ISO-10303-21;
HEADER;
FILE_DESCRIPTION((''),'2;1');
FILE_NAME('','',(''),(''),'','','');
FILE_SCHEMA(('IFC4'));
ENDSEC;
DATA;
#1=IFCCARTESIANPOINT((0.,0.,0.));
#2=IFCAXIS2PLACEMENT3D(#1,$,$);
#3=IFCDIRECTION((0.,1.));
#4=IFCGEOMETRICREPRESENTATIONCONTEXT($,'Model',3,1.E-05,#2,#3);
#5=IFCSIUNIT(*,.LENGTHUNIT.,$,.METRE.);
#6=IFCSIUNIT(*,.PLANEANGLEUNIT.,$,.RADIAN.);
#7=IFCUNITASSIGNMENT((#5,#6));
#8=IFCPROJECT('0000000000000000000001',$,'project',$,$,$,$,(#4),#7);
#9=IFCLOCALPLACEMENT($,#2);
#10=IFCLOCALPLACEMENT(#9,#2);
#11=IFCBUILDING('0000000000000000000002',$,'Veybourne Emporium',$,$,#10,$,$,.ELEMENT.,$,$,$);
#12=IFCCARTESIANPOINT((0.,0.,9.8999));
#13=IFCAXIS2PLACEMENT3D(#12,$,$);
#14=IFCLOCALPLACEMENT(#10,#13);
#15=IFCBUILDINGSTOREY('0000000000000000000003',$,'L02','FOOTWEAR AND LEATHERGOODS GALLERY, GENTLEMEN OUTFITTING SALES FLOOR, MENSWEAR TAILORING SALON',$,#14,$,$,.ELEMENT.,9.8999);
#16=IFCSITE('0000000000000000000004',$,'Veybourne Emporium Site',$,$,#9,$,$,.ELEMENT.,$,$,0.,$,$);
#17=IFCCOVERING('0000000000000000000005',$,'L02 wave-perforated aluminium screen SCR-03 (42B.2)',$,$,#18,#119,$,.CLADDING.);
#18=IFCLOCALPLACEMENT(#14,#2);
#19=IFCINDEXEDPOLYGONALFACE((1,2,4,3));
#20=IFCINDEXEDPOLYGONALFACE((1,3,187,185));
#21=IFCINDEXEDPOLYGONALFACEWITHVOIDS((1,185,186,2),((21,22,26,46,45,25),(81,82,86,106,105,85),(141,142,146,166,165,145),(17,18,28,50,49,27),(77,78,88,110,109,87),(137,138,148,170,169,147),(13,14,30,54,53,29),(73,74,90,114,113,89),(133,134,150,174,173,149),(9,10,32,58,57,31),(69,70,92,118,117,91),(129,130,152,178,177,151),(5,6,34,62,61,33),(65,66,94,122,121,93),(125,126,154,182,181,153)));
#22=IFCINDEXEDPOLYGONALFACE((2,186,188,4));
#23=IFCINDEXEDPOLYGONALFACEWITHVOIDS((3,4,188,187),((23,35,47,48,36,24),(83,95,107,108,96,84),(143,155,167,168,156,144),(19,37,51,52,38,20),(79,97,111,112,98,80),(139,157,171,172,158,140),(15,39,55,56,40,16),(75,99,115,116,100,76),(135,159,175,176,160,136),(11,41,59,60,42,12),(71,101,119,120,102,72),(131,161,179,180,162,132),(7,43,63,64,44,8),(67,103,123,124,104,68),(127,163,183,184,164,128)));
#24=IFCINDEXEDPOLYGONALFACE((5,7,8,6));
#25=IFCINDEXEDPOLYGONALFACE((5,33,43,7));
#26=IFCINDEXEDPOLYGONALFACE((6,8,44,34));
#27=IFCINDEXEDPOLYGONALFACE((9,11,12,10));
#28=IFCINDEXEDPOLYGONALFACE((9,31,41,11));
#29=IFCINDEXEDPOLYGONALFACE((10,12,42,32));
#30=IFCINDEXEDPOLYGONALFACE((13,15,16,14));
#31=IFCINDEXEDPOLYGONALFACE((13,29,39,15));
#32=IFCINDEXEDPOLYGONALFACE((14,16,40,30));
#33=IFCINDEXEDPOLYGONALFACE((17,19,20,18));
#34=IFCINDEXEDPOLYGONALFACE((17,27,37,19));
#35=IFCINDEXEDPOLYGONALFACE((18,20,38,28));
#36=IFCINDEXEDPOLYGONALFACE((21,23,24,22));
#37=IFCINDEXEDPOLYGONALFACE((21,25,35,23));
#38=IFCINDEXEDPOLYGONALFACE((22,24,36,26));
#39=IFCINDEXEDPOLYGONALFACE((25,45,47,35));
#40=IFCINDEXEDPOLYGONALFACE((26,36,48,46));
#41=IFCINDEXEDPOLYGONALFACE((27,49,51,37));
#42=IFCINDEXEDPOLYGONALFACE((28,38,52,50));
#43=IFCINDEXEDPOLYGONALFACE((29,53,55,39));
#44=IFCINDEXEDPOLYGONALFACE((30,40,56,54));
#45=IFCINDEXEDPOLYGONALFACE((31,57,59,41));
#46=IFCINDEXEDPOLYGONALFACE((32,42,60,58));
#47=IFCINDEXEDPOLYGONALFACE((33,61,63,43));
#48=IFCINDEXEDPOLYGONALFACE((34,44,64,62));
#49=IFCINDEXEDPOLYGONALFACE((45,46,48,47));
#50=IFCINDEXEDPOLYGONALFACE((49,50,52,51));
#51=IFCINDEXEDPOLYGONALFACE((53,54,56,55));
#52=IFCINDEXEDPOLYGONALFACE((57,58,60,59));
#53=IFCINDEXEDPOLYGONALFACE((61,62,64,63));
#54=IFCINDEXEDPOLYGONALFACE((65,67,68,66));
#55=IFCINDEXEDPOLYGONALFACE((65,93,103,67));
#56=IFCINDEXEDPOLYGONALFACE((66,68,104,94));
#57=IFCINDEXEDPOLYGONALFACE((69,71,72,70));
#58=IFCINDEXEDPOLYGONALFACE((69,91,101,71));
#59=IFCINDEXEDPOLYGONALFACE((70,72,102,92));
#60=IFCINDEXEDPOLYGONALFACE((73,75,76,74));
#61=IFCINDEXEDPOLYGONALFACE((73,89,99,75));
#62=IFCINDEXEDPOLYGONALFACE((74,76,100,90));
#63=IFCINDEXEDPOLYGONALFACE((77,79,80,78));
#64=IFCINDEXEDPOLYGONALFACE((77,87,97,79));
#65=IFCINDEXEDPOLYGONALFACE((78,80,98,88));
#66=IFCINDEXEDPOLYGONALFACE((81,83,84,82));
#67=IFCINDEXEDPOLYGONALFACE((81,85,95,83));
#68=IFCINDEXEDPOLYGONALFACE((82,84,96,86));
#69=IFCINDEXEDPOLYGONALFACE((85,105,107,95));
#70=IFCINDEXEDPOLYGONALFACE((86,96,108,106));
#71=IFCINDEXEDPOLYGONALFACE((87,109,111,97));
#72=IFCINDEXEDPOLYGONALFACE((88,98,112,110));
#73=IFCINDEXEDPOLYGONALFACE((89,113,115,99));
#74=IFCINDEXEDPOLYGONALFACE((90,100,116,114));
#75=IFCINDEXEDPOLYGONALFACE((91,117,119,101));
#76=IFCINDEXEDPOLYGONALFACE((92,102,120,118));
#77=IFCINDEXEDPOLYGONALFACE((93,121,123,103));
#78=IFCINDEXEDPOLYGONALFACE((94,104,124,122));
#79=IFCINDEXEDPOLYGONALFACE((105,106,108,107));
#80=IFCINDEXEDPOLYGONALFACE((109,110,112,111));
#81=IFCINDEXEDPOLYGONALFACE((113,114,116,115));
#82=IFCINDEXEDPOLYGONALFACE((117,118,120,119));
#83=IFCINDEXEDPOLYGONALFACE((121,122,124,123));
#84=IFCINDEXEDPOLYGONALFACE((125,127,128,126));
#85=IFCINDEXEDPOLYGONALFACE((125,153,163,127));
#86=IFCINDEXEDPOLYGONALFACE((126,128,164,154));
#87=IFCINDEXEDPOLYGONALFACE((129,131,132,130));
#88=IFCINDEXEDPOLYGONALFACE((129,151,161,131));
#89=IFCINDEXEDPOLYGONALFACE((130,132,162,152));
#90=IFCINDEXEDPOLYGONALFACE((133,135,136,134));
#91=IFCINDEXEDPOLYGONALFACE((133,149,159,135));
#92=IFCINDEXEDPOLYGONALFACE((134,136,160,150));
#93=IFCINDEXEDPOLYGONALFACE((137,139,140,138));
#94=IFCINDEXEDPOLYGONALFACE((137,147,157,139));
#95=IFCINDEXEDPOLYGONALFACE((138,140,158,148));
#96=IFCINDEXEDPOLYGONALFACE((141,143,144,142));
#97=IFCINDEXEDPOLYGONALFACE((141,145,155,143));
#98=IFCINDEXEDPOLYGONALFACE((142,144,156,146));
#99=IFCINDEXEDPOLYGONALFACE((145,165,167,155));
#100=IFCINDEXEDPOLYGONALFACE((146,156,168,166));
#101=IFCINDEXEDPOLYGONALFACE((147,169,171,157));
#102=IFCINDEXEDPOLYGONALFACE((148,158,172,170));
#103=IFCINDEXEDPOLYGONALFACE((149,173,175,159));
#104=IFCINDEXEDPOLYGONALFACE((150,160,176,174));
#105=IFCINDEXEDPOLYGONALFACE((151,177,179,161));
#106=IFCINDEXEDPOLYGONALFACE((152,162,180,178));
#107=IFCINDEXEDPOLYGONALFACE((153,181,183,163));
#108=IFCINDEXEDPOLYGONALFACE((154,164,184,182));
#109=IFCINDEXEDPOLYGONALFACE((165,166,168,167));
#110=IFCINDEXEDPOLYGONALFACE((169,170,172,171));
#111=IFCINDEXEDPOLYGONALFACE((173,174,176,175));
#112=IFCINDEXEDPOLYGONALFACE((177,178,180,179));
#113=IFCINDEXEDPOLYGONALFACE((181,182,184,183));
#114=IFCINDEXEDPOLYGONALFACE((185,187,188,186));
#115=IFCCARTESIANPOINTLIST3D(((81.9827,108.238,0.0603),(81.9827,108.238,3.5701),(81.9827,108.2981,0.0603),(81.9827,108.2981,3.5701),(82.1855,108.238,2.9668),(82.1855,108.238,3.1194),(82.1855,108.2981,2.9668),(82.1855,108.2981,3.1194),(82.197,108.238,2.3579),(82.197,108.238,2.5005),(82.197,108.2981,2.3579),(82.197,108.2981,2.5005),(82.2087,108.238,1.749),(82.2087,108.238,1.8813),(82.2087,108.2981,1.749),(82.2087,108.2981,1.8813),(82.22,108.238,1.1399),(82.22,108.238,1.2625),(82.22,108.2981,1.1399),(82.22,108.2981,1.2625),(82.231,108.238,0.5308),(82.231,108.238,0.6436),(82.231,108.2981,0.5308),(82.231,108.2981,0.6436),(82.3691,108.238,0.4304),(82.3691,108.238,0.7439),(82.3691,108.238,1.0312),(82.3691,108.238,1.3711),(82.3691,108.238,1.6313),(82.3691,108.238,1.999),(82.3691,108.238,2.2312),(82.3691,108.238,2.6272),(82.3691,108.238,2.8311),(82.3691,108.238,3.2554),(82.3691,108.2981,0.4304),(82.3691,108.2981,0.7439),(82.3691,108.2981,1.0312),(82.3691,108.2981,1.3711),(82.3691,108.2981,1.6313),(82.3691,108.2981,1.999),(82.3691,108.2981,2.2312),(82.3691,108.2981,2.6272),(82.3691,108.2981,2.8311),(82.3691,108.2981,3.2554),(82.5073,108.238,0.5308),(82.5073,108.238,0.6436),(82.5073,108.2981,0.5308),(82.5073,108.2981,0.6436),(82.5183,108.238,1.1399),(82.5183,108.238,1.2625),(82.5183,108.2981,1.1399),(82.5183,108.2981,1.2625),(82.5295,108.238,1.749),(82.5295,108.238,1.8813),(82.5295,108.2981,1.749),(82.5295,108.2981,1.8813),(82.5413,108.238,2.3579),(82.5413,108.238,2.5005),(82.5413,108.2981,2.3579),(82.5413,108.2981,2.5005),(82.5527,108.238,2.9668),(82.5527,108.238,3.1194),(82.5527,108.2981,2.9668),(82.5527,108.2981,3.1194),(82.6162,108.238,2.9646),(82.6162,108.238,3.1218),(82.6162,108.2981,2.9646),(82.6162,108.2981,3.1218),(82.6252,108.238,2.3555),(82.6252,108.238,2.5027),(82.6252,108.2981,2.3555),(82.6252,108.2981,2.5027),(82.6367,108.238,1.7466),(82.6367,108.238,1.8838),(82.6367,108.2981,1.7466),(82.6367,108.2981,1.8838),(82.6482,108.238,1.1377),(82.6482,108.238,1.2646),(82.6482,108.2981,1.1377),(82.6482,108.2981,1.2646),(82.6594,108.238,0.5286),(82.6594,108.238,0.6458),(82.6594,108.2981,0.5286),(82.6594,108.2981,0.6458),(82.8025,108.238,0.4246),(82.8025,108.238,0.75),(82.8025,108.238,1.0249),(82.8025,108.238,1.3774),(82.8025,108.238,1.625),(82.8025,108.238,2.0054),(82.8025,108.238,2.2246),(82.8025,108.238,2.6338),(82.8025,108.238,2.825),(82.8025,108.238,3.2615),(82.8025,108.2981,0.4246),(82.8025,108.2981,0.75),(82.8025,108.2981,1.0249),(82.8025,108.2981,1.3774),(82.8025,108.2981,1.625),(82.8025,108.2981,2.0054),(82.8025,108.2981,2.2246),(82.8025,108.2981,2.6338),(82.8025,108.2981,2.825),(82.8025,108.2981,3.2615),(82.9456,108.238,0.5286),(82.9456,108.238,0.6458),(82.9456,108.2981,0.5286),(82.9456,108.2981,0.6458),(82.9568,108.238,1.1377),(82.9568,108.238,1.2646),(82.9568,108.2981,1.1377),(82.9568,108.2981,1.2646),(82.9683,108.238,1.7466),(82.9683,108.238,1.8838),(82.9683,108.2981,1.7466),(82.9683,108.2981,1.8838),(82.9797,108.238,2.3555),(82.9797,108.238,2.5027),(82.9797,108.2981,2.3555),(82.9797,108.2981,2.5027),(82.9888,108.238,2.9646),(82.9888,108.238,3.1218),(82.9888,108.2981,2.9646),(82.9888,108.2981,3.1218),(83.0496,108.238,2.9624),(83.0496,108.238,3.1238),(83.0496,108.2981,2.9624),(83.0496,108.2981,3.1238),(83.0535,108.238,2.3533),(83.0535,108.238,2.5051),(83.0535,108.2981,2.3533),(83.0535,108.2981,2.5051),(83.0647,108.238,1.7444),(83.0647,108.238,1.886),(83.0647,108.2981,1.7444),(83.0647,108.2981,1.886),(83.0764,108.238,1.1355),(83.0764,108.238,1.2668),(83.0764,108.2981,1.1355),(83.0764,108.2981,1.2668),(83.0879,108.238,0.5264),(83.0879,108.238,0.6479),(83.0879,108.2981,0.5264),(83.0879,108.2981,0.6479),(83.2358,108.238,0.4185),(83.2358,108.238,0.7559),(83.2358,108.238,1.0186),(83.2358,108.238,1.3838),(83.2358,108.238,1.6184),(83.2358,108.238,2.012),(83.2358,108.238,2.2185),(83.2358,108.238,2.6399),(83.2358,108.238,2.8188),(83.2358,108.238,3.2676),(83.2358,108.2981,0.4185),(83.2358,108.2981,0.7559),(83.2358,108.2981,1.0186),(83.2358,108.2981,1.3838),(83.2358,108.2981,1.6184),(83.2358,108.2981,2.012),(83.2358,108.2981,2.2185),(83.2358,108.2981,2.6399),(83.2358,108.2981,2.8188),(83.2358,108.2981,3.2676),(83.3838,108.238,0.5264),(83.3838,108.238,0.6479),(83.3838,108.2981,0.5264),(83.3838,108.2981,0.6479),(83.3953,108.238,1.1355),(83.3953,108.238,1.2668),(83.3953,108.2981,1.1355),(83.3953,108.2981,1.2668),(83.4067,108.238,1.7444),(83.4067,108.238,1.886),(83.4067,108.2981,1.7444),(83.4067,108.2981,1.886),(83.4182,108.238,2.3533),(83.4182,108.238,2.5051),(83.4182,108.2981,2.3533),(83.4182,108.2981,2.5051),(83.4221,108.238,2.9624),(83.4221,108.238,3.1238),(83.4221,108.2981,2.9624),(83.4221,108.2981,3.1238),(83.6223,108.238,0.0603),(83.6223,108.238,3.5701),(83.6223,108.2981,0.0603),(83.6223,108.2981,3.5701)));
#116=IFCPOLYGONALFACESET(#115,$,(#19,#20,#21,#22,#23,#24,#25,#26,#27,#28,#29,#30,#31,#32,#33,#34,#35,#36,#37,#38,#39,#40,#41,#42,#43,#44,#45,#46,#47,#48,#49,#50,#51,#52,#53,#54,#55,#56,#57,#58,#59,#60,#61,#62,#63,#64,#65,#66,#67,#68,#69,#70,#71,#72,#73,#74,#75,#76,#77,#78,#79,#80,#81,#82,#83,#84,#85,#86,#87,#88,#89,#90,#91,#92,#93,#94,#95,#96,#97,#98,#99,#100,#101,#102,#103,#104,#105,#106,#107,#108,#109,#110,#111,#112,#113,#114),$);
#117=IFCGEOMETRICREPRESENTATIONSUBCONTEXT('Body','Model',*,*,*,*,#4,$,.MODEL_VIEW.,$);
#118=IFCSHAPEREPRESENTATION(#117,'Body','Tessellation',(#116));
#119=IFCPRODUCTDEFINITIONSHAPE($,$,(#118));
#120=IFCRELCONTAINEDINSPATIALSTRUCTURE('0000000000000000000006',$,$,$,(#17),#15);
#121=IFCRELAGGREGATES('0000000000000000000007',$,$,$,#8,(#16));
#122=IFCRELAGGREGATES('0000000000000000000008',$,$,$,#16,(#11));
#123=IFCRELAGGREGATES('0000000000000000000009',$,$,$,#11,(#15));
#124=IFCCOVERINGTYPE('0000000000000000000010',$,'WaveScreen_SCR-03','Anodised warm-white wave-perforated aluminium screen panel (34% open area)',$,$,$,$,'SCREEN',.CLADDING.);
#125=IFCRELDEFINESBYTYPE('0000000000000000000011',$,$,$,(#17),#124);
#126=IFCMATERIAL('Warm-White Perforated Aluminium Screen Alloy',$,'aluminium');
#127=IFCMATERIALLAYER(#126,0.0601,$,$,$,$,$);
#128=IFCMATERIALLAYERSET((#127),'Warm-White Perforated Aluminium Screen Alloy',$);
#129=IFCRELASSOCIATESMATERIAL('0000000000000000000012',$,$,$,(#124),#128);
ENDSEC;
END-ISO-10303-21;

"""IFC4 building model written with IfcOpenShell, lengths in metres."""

from ifc_helpers import new_model, si_unit, direction, frame, origin, place, context, subcontext, project, spatial, polyline, outline, extrude, material, layer, layer_set, type_object, element, save


model = new_model("IFC4")

# Units and contexts
model_context = context("Model", 3, precision=1e-05, world=origin(), true_north=direction((0.0, 1.0)))
body_context = subcontext(model_context, "Body", "Model", "MODEL_VIEW")
ifc_project = project(units=[si_unit("LENGTHUNIT", "METRE"), si_unit("PLANEANGLEUNIT", "RADIAN")], contexts=[model_context])

# Site, building, storey
site_placement = place(None, origin())
site = spatial("IfcSite", under=ifc_project, at=site_placement, Name="Veybourne Emporium Site", CompositionType="ELEMENT", RefElevation=0.0)
building_placement = place(site_placement, origin())
building = spatial("IfcBuilding", under=site, at=building_placement, Name="Veybourne Emporium", CompositionType="ELEMENT")
storey_placement = place(building_placement, frame((0.0, 0.0, 9.8999)))
storey = spatial("IfcBuildingStorey", under=building, at=storey_placement, Name="L02", Description="FOOTWEAR AND LEATHERGOODS GALLERY, GENTLEMEN OUTFITTING SALES FLOOR, MENSWEAR TAILORING SALON", CompositionType="ELEMENT", Elevation=9.8999)

# Covering
ifc_material_1 = material(Name="Warm-White Perforated Aluminium Screen Alloy", Category="aluminium")
ifc_layer_1 = layer(ifc_material_1, 0.0601)
ifc_layer_set_1 = layer_set([ifc_layer_1], Name="Warm-White Perforated Aluminium Screen Alloy")
covering_type_1 = type_object("IfcCoveringType", Name="WaveScreen_SCR-03", Description="Anodised warm-white wave-perforated aluminium screen panel (34% open area)", ElementType="SCREEN", PredefinedType="CLADDING", material=ifc_layer_set_1)
covering_1_placement = place(storey_placement, frame((82.8025, 108.2981, 1.8152), z_axis=(0.0, -1.0, 0.0), x_axis=(1.0, 0.0, 0.0)))
element("IfcCovering", 1, at=covering_1_placement, inside=storey, type_object=covering_type_1, Name="L02 wave-perforated aluminium screen SCR-03 (42B.2)", PredefinedType="CLADDING", context=body_context, shape_type="SweptSolid", body=[
    extrude(outline(polyline([(-0.8198, -1.7549), (0.8198, -1.7549), (0.8198, 1.7549), (-0.8198, 1.7549), (-0.8198, -1.7549)]), holes=[polyline([(-0.4333, -1.0713), (-0.2952, -1.1716), (-0.2952, -1.2844), (-0.4333, -1.3848), (-0.5715, -1.2844), (-0.5715, -1.1716), (-0.4333, -1.0713)]), polyline([(-0.4333, -0.4441), (-0.2842, -0.5527), (-0.2842, -0.6753), (-0.4333, -0.7839), (-0.5825, -0.6753), (-0.5825, -0.5527), (-0.4333, -0.4441)]), polyline([(-0.4333, 0.1838), (-0.2729, 0.0662), (-0.2729, -0.0662), (-0.4333, -0.1838), (-0.5938, -0.0662), (-0.5938, 0.0662), (-0.4333, 0.1838)]), polyline([(-0.4333, 0.812), (-0.2612, 0.6853), (-0.2612, 0.5427), (-0.4333, 0.416), (-0.6055, 0.5427), (-0.6055, 0.6853), (-0.4333, 0.812)]), polyline([(-0.4333, 1.4402), (-0.2498, 1.3042), (-0.2498, 1.1516), (-0.4333, 1.0159), (-0.6169, 1.1516), (-0.6169, 1.3042), (-0.4333, 1.4402)]), polyline([(0.0, -1.0652), (0.1431, -1.1694), (0.1431, -1.2866), (0.0, -1.3906), (-0.1431, -1.2866), (-0.1431, -1.1694), (0.0, -1.0652)]), polyline([(0.0, -0.4377), (0.1543, -0.5505), (0.1543, -0.6775), (0.0, -0.7903), (-0.1543, -0.6775), (-0.1543, -0.5505), (0.0, -0.4377)]), polyline([(0.0, 0.1902), (0.1658, 0.0686), (0.1658, -0.0686), (0.0, -0.1902), (-0.1658, -0.0686), (-0.1658, 0.0686), (0.0, 0.1902)]), polyline([(0.0, 0.8186), (0.1772, 0.6875), (0.1772, 0.5403), (0.0, 0.4094), (-0.1772, 0.5403), (-0.1772, 0.6875), (0.0, 0.8186)]), polyline([(0.0, 1.4463), (0.1863, 1.3066), (0.1863, 1.1494), (0.0, 1.0098), (-0.1863, 1.1494), (-0.1863, 1.3066), (0.0, 1.4463)]), polyline([(0.4333, -1.0593), (0.5813, -1.1672), (0.5813, -1.2888), (0.4333, -1.3967), (0.2854, -1.2888), (0.2854, -1.1672), (0.4333, -1.0593)]), polyline([(0.4333, -0.4314), (0.5928, -0.5483), (0.5928, -0.6797), (0.4333, -0.7966), (0.2739, -0.6797), (0.2739, -0.5483), (0.4333, -0.4314)]), polyline([(0.4333, 0.1968), (0.6042, 0.0708), (0.6042, -0.0708), (0.4333, -0.1968), (0.2622, -0.0708), (0.2622, 0.0708), (0.4333, 0.1968)]), polyline([(0.4333, 0.8247), (0.6157, 0.6899), (0.6157, 0.5381), (0.4333, 0.4033), (0.251, 0.5381), (0.251, 0.6899), (0.4333, 0.8247)]), polyline([(0.4333, 1.4524), (0.6196, 1.3086), (0.6196, 1.1472), (0.4333, 1.0037), (0.2471, 1.1472), (0.2471, 1.3086), (0.4333, 1.4524)])]), origin(), (0.0, 0.0, 1.0), 0.0601),
])

save(model, "model.ifc")
